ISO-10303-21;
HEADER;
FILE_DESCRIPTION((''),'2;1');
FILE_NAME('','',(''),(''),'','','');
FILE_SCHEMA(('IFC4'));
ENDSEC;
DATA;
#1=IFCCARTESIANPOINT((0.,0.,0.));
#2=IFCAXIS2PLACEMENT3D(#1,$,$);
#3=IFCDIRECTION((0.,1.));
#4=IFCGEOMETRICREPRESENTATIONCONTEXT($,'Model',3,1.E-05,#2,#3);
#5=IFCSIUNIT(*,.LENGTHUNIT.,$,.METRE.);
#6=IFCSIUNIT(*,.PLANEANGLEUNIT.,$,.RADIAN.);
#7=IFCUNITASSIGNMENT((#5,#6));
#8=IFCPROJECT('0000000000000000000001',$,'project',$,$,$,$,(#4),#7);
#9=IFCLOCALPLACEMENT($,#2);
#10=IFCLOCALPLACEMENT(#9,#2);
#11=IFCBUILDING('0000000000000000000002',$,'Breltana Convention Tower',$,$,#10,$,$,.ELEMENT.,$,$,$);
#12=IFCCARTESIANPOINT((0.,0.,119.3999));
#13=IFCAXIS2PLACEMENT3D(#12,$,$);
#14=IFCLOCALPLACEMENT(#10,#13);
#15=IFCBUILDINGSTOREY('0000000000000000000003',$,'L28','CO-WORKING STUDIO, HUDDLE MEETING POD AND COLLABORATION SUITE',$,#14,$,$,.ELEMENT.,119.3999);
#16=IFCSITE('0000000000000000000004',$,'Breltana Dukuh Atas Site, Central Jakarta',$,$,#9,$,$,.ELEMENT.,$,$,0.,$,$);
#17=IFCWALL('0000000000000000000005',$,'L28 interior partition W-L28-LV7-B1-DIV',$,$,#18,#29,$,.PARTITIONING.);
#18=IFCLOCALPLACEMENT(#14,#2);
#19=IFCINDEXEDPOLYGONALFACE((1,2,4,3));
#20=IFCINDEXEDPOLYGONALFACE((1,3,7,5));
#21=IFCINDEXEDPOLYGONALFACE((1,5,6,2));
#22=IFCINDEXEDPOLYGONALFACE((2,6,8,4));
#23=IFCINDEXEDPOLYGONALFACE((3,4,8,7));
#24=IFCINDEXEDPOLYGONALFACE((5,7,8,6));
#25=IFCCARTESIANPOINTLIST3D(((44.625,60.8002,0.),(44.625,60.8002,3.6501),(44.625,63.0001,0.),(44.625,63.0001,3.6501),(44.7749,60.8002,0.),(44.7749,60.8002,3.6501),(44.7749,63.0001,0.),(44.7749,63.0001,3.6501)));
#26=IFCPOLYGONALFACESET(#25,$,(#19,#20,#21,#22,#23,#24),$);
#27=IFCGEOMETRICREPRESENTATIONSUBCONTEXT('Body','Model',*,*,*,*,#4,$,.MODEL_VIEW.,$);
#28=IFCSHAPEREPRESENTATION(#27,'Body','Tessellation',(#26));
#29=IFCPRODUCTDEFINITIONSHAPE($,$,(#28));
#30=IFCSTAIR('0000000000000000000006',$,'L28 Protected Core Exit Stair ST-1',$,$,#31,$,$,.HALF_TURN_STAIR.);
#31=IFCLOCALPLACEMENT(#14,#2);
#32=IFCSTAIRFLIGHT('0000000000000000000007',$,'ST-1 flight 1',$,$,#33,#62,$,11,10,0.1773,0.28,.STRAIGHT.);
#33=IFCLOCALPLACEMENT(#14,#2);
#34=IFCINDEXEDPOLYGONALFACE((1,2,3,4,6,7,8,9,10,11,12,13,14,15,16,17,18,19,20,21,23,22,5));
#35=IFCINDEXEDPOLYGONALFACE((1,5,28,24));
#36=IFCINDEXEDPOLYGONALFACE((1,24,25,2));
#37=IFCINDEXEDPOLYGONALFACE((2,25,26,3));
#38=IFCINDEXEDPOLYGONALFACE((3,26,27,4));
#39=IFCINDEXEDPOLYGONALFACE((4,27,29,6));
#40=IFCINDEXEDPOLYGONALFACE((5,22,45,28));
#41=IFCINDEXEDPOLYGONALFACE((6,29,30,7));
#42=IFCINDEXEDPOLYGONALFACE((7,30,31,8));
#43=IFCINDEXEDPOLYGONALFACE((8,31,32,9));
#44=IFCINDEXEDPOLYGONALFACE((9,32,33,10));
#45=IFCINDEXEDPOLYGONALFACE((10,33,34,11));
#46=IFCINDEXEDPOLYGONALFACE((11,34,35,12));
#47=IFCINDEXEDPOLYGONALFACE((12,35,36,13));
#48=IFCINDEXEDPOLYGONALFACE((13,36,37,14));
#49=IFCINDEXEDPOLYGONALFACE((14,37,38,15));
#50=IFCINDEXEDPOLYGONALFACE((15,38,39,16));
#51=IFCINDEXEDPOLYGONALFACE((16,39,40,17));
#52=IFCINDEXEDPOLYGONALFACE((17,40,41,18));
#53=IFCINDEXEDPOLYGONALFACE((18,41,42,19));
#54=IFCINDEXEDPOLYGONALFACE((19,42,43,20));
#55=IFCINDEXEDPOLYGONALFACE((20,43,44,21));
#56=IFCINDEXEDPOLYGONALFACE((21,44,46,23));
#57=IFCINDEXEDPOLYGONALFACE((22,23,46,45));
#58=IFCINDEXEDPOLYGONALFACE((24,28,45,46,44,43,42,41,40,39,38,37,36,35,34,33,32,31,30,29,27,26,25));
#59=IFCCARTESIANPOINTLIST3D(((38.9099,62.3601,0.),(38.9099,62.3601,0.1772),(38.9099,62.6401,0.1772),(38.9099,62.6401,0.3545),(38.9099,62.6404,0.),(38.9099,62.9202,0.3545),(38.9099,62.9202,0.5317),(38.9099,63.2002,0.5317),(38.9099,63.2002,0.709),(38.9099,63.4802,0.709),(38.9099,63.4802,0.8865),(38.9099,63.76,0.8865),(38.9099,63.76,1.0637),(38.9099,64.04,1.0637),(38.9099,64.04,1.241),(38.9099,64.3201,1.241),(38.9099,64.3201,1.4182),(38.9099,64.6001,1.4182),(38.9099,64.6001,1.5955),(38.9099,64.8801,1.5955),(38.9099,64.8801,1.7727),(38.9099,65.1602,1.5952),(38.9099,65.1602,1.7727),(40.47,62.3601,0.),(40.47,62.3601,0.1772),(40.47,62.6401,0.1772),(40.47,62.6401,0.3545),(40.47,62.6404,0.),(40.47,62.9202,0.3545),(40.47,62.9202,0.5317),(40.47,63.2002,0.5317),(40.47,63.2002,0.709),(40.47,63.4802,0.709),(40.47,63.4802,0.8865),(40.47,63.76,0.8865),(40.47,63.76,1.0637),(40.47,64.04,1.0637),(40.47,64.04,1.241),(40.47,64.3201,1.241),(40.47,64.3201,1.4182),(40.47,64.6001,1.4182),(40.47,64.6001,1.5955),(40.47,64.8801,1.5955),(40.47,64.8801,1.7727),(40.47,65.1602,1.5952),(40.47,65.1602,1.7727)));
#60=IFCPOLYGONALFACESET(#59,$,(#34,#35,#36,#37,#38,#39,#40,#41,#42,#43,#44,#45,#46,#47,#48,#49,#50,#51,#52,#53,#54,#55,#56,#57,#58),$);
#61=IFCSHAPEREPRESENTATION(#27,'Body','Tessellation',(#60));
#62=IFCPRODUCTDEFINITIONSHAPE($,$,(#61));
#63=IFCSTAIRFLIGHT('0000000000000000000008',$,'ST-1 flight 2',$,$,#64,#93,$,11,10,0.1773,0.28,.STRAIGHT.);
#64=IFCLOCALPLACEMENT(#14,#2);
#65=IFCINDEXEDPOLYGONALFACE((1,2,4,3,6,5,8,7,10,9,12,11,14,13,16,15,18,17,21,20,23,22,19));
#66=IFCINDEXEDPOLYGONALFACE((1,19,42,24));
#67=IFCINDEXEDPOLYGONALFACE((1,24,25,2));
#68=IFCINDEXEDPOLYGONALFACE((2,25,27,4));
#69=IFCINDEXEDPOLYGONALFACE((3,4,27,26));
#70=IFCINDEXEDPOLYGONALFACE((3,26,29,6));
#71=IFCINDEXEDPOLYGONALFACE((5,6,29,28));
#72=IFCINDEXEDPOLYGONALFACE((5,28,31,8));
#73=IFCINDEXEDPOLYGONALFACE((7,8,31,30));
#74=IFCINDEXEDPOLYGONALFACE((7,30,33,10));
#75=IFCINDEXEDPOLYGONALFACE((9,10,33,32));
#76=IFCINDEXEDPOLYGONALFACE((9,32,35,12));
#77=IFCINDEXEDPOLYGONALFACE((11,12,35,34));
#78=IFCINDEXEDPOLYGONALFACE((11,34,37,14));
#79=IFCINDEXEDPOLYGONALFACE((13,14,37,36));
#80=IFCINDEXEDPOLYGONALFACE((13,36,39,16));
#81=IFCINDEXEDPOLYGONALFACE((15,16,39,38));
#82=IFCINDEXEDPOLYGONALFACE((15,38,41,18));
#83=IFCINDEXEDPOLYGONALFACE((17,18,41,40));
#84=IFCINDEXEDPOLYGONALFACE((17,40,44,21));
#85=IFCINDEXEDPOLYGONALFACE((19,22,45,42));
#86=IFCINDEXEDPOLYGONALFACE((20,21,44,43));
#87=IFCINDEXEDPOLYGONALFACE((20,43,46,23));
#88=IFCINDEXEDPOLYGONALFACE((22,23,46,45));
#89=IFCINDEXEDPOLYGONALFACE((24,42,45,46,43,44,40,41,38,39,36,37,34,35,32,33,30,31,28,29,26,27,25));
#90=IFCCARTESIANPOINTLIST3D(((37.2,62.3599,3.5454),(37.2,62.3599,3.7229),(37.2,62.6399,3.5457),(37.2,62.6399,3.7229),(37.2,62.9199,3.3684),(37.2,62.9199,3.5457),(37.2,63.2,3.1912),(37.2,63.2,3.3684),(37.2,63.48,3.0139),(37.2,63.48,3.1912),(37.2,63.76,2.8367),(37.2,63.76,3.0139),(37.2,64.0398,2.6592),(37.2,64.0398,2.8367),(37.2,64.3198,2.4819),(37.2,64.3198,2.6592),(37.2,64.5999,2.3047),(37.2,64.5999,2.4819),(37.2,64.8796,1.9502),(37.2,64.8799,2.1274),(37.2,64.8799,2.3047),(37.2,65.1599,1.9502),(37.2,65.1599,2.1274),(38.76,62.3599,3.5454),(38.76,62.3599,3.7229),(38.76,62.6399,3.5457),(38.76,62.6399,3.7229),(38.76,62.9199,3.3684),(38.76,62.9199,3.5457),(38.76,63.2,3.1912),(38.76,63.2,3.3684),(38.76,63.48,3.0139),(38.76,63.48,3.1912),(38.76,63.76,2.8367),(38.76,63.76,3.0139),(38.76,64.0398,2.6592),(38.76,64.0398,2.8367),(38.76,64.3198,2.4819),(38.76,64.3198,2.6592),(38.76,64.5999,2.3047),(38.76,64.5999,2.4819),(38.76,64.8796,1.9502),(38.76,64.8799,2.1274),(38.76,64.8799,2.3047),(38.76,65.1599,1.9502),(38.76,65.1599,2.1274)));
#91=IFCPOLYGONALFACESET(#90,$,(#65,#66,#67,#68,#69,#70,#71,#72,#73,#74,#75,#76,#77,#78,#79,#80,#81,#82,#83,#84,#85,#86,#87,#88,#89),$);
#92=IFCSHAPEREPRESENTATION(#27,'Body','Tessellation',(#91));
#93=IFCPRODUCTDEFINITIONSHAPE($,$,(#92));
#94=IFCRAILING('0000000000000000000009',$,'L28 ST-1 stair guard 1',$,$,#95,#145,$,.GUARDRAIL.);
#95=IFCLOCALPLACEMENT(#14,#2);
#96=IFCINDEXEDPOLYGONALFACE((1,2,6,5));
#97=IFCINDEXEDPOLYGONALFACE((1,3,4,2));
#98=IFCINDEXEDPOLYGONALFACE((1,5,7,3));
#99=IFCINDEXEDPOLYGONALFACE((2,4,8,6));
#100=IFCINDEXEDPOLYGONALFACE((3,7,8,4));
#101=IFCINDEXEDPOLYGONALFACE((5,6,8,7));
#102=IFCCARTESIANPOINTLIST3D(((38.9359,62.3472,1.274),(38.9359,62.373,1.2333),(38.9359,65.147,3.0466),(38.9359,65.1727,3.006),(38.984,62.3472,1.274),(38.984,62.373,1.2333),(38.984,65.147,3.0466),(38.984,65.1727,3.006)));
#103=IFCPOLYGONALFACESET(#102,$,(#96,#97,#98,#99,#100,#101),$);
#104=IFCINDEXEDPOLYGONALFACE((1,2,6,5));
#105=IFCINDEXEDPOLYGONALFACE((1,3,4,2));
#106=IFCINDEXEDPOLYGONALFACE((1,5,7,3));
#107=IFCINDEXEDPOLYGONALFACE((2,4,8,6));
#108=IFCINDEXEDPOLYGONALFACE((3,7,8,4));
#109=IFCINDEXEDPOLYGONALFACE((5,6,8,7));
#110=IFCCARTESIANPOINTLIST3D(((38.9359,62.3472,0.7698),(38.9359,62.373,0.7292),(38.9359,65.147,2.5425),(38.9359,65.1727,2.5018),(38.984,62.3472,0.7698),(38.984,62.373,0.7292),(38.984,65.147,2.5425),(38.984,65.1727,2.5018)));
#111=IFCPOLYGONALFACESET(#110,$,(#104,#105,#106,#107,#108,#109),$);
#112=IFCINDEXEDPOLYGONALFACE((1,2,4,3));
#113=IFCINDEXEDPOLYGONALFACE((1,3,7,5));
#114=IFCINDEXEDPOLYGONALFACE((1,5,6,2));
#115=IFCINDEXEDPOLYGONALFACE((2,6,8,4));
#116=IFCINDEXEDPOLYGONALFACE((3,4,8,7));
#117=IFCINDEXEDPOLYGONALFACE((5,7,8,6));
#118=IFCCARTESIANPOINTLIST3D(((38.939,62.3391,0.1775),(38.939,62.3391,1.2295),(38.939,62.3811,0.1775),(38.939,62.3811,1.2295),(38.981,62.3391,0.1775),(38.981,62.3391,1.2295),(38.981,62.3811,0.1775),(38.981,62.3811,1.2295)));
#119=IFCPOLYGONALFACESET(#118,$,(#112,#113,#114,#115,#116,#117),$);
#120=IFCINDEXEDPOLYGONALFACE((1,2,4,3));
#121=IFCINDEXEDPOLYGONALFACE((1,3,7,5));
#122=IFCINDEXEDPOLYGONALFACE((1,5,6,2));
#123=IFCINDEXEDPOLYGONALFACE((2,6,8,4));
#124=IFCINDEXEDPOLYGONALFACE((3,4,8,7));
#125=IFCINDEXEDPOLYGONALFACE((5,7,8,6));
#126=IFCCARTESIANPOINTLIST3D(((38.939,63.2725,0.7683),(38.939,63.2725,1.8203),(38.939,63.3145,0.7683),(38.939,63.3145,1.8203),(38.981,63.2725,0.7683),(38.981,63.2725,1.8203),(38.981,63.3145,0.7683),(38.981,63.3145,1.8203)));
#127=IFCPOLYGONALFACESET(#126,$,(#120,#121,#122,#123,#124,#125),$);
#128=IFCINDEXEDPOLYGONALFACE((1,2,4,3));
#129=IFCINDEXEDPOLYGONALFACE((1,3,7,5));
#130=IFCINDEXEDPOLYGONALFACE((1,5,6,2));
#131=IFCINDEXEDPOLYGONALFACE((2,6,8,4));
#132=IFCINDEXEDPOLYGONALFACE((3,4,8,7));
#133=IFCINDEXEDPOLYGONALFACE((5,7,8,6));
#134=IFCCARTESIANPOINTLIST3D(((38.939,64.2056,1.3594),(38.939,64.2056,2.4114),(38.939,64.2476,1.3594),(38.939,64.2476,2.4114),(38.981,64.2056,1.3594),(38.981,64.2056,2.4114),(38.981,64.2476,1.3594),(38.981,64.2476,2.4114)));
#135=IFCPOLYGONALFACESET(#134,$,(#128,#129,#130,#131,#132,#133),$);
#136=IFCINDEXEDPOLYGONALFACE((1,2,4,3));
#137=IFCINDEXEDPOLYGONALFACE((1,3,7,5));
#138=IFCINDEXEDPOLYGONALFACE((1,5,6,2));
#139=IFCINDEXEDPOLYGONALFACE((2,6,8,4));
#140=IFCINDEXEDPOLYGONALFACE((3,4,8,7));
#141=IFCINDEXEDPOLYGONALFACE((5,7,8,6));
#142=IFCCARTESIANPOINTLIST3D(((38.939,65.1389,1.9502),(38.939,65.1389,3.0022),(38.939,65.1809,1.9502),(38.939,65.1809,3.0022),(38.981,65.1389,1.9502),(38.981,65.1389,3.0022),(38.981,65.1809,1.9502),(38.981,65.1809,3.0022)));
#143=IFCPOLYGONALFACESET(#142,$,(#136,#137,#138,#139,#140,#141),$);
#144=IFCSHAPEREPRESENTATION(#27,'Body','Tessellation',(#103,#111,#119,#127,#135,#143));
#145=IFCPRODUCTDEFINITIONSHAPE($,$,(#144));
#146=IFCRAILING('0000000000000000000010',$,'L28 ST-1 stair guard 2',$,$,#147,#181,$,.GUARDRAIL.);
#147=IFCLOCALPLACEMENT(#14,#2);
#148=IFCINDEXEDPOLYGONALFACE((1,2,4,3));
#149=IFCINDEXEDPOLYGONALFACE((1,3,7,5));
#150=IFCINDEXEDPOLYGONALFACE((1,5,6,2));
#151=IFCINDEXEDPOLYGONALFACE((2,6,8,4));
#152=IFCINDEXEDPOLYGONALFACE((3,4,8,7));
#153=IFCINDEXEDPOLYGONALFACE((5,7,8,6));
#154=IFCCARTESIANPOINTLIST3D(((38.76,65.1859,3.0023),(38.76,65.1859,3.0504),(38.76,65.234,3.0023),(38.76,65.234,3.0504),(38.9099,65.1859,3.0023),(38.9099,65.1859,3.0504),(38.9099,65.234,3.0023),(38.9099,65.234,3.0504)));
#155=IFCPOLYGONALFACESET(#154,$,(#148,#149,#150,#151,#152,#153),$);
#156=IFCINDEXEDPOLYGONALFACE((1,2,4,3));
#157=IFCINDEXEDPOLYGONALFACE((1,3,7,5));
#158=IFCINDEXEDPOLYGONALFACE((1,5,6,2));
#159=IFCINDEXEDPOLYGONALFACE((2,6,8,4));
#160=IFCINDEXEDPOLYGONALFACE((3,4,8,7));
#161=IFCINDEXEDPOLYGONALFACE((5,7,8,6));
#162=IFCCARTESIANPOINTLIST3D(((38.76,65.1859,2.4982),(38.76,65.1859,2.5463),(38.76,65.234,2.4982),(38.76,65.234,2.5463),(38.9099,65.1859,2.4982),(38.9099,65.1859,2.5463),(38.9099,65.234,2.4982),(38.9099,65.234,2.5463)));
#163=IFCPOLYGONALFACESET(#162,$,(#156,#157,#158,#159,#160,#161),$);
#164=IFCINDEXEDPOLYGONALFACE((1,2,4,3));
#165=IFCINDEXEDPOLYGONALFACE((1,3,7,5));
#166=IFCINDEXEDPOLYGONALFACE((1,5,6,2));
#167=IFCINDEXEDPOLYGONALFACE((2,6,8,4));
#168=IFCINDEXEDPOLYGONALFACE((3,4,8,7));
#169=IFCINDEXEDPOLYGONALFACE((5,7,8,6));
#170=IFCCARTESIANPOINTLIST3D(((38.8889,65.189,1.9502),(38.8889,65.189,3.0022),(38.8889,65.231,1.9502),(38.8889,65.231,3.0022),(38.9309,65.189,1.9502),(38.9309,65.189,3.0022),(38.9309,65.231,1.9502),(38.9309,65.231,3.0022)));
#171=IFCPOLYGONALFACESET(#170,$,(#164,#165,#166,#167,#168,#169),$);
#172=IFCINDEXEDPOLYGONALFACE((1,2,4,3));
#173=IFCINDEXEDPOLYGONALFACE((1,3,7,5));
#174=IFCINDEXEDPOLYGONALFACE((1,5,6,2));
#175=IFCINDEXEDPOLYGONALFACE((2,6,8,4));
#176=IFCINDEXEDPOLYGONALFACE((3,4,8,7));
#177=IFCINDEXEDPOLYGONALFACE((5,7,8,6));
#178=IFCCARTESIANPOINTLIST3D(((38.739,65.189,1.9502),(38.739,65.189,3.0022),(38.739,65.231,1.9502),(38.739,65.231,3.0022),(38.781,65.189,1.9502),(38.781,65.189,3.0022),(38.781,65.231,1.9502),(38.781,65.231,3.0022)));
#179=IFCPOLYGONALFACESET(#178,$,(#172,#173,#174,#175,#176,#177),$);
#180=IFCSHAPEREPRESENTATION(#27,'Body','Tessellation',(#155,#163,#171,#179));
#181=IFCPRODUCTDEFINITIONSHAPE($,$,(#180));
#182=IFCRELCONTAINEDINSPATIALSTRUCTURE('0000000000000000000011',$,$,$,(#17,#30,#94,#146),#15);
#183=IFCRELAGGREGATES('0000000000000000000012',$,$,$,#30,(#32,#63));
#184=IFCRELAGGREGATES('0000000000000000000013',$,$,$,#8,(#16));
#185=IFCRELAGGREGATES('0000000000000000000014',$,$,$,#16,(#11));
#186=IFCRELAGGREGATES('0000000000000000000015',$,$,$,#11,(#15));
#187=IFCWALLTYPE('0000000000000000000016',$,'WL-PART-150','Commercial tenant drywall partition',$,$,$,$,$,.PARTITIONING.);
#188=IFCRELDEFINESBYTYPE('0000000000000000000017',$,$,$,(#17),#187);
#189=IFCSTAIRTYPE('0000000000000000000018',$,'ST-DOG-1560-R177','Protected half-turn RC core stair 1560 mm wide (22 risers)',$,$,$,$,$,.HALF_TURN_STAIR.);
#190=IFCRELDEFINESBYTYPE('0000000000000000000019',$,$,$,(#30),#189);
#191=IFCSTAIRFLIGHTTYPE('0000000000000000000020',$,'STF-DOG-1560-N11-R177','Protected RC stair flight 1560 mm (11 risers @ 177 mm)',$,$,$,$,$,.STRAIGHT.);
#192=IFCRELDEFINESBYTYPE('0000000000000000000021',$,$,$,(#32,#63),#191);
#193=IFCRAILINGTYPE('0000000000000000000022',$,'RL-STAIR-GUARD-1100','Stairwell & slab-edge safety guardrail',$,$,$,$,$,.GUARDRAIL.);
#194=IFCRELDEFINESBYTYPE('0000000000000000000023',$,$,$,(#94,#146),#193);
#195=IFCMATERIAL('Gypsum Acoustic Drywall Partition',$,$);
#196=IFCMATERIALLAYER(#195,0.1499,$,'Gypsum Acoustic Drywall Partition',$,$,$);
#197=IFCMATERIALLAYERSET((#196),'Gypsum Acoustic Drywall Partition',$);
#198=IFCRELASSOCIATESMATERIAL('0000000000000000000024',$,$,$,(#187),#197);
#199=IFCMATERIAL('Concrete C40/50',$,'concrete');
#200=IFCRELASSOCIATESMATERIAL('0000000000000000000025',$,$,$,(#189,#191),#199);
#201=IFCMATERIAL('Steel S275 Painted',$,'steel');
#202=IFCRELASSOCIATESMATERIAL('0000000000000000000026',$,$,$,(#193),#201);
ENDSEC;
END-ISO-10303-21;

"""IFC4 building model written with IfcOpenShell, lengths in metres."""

from ifc_helpers import new_model, si_unit, direction, frame, frame_2d, origin, origin_2d, place, context, subcontext, project, spatial, polyline, rectangle, outline, extrude, source, transform, mapped, material, layer, layer_set, type_object, element, aggregate, save


model = new_model("IFC4")

# Units and contexts
model_context = context("Model", 3, precision=1e-05, world=origin(), true_north=direction((0.0, 1.0)))
body_context = subcontext(model_context, "Body", "Model", "MODEL_VIEW")
ifc_project = project(units=[si_unit("LENGTHUNIT", "METRE"), si_unit("PLANEANGLEUNIT", "RADIAN")], contexts=[model_context])

# Site, building, storey
site_placement = place(None, origin())
site = spatial("IfcSite", under=ifc_project, at=site_placement, Name="Breltana Dukuh Atas Site, Central Jakarta", CompositionType="ELEMENT", RefElevation=0.0)
building_placement = place(site_placement, origin())
building = spatial("IfcBuilding", under=site, at=building_placement, Name="Breltana Convention Tower", CompositionType="ELEMENT")
storey_placement = place(building_placement, frame((0.0, 0.0, 119.3999)))
storey = spatial("IfcBuildingStorey", under=building, at=storey_placement, Name="L28", Description="CO-WORKING STUDIO, HUDDLE MEETING POD AND COLLABORATION SUITE", CompositionType="ELEMENT", Elevation=119.3999)

# Wall
ifc_material_1 = material(Name="Gypsum Acoustic Drywall Partition")
ifc_layer_1 = layer(ifc_material_1, 0.1499, Name="Gypsum Acoustic Drywall Partition")
ifc_layer_set_1 = layer_set([ifc_layer_1], Name="Gypsum Acoustic Drywall Partition")
wall_type_1 = type_object("IfcWallType", Name="WL-PART-150", Description="Commercial tenant drywall partition", PredefinedType="PARTITIONING", material=ifc_layer_set_1)
shared_shape_1 = source(origin(), body_context, "Body", "SweptSolid", [
    extrude(rectangle(XDim=2.2, YDim=0.1499, at=frame_2d((1.1001, 0.0))), origin(), (0.0, 0.0, 1.0), 3.6501),
])
wall_1_placement = place(storey_placement, frame((44.7, 60.8, 0.0), z_axis=(0.0, 0.0, 1.0), x_axis=(0.0, 1.0, 0.0)))
element("IfcWall", 1, at=wall_1_placement, inside=storey, type_object=wall_type_1, Name="L28 interior partition W-L28-LV7-B1-DIV", PredefinedType="PARTITIONING", context=body_context, shape_type="MappedRepresentation", body=[
    mapped(shared_shape_1, transform((0.0, 0.0, 0.0), scale=1.0)),
])

# Stair, stair flights
ifc_material_2 = material(Name="Concrete C40/50", Category="concrete")
stair_type = type_object("IfcStairType", Name="ST-DOG-1560-R177", Description="Protected half-turn RC core stair 1560 mm wide (22 risers)", PredefinedType="HALF_TURN_STAIR", material=ifc_material_2)
stair_placement = place(storey_placement, origin())
stair = element("IfcStair", 2, at=stair_placement, inside=storey, type_object=stair_type, Name="L28 Protected Core Exit Stair ST-1", PredefinedType="HALF_TURN_STAIR")
stair_flight_type = type_object("IfcStairFlightType", Name="STF-DOG-1560-N11-R177", Description="Protected RC stair flight 1560 mm (11 risers @ 177 mm)", PredefinedType="STRAIGHT", material=ifc_material_2)
stair_flight_1_placement = place(storey_placement, frame((39.6899, 62.3601, 0.0), z_axis=(0.0, 0.0, 1.0), x_axis=(0.0, 1.0, 0.0)))
stair_flight_1 = element("IfcStairFlight", 3, at=stair_flight_1_placement, type_object=stair_flight_type, Name="ST-1 flight 1", NumberOfRisers=11, NumberOfTreads=10, PredefinedType="STRAIGHT", RiserHeight=0.1773, TreadLength=0.28, context=body_context, shape_type="SweptSolid", body=[
    extrude(outline(polyline([(0.0, 0.0), (0.0, 0.1772), (0.28, 0.1772), (0.28, 0.3545), (0.5601, 0.3545), (0.5601, 0.5317), (0.8401, 0.5317), (0.8401, 0.709), (1.1201, 0.709), (1.1201, 0.8865), (1.3999, 0.8865), (1.3999, 1.0637), (1.6799, 1.0637), (1.6799, 1.241), (1.96, 1.241), (1.96, 1.4182), (2.24, 1.4182), (2.24, 1.5955), (2.52, 1.5955), (2.52, 1.7727), (2.8, 1.7727), (2.8, 1.95), (2.8, 1.5952), (0.2803, 0.0), (0.0, 0.0)])), frame((0.0, 0.78, 0.0), z_axis=(0.0, -1.0, 0.0), x_axis=(1.0, 0.0, 0.0)), (0.0, 0.0, 1.0), 1.5601),
])
stair_flight_2_placement = place(storey_placement, frame((37.98, 65.1599, 1.9502), z_axis=(0.0, 0.0, 1.0), x_axis=(0.0, -1.0, 0.0)))
stair_flight_2 = element("IfcStairFlight", 4, at=stair_flight_2_placement, type_object=stair_flight_type, Name="ST-1 flight 2", NumberOfRisers=11, NumberOfTreads=10, PredefinedType="STRAIGHT", RiserHeight=0.1773, TreadLength=0.28, context=body_context, shape_type="SweptSolid", body=[
    extrude(outline(polyline([(0.0, 0.0), (0.0, 0.1772), (0.28, 0.1772), (0.28, 0.3545), (0.5601, 0.3545), (0.5601, 0.5317), (0.8401, 0.5317), (0.8401, 0.709), (1.1201, 0.709), (1.1201, 0.8865), (1.3999, 0.8865), (1.3999, 1.0637), (1.6799, 1.0637), (1.6799, 1.241), (1.96, 1.241), (1.96, 1.4182), (2.24, 1.4182), (2.24, 1.5955), (2.52, 1.5955), (2.52, 1.7727), (2.8, 1.7727), (2.8, 1.95), (2.8, 1.5952), (0.2803, 0.0), (0.0, 0.0)])), frame((0.0, 0.78, 0.0), z_axis=(0.0, -1.0, 0.0), x_axis=(1.0, 0.0, 0.0)), (0.0, 0.0, 1.0), 1.5601),
])
aggregate(stair, [stair_flight_1, stair_flight_2])

# Railings
ifc_material_3 = material(Name="Steel S275 Painted", Category="steel")
railing_type_1 = type_object("IfcRailingType", Name="RL-STAIR-GUARD-1100", Description="Stairwell & slab-edge safety guardrail", PredefinedType="GUARDRAIL", material=ifc_material_3)
railing_1_placement = place(storey_placement, frame((38.96, 62.3601, 0.1775)))
element("IfcRailing", 5, at=railing_1_placement, inside=storey, type_object=railing_type_1, Name="L28 ST-1 stair guard 1", PredefinedType="GUARDRAIL", context=body_context, shape_type="SweptSolid", body=[
    extrude(rectangle(XDim=0.0481, YDim=0.0481, at=origin_2d()), frame((0.0, 0.0, 1.0762), z_axis=(0.0, 0.844888, 0.534943), x_axis=(-1.0, 0.0, 0.0)), (0.0, 0.0, 1.0), 3.3137),
    extrude(rectangle(XDim=0.0481, YDim=0.0481, at=origin_2d()), frame((0.0, 0.0, 0.572), z_axis=(0.0, 0.844888, 0.534943), x_axis=(-1.0, 0.0, 0.0)), (0.0, 0.0, 1.0), 3.3137),
    extrude(rectangle(XDim=0.042, YDim=0.042, at=origin_2d()), origin(), (0.0, 0.0, 1.0), 1.052),
    extrude(rectangle(XDim=0.042, YDim=0.042, at=origin_2d()), frame((0.0, 0.9333, 0.5908)), (0.0, 0.0, 1.0), 1.052),
    extrude(rectangle(XDim=0.042, YDim=0.042, at=origin_2d()), frame((0.0, 1.8665, 1.1819)), (0.0, 0.0, 1.0), 1.052),
    extrude(rectangle(XDim=0.042, YDim=0.042, at=origin_2d()), frame((0.0, 2.7998, 1.7727)), (0.0, 0.0, 1.0), 1.052),
])
railing_2_placement = place(storey_placement, frame((38.9099, 65.21, 1.9502)))
element("IfcRailing", 6, at=railing_2_placement, inside=storey, type_object=railing_type_1, Name="L28 ST-1 stair guard 2", PredefinedType="GUARDRAIL", context=body_context, shape_type="SweptSolid", body=[
    extrude(rectangle(XDim=0.0481, YDim=0.0481, at=origin_2d()), frame((0.0, 0.0, 1.0762), z_axis=(-1.0, 0.0, 0.0), x_axis=(0.0, -1.0, 0.0)), (0.0, 0.0, 1.0), 0.1499),
    extrude(rectangle(XDim=0.0481, YDim=0.0481, at=origin_2d()), frame((0.0, 0.0, 0.572), z_axis=(-1.0, 0.0, 0.0), x_axis=(0.0, -1.0, 0.0)), (0.0, 0.0, 1.0), 0.1499),
    extrude(rectangle(XDim=0.042, YDim=0.042, at=origin_2d()), origin(), (0.0, 0.0, 1.0), 1.052),
    extrude(rectangle(XDim=0.042, YDim=0.042, at=origin_2d()), frame((-0.1499, 0.0, 0.0)), (0.0, 0.0, 1.0), 1.052),
])

save(model, "model.ifc")
